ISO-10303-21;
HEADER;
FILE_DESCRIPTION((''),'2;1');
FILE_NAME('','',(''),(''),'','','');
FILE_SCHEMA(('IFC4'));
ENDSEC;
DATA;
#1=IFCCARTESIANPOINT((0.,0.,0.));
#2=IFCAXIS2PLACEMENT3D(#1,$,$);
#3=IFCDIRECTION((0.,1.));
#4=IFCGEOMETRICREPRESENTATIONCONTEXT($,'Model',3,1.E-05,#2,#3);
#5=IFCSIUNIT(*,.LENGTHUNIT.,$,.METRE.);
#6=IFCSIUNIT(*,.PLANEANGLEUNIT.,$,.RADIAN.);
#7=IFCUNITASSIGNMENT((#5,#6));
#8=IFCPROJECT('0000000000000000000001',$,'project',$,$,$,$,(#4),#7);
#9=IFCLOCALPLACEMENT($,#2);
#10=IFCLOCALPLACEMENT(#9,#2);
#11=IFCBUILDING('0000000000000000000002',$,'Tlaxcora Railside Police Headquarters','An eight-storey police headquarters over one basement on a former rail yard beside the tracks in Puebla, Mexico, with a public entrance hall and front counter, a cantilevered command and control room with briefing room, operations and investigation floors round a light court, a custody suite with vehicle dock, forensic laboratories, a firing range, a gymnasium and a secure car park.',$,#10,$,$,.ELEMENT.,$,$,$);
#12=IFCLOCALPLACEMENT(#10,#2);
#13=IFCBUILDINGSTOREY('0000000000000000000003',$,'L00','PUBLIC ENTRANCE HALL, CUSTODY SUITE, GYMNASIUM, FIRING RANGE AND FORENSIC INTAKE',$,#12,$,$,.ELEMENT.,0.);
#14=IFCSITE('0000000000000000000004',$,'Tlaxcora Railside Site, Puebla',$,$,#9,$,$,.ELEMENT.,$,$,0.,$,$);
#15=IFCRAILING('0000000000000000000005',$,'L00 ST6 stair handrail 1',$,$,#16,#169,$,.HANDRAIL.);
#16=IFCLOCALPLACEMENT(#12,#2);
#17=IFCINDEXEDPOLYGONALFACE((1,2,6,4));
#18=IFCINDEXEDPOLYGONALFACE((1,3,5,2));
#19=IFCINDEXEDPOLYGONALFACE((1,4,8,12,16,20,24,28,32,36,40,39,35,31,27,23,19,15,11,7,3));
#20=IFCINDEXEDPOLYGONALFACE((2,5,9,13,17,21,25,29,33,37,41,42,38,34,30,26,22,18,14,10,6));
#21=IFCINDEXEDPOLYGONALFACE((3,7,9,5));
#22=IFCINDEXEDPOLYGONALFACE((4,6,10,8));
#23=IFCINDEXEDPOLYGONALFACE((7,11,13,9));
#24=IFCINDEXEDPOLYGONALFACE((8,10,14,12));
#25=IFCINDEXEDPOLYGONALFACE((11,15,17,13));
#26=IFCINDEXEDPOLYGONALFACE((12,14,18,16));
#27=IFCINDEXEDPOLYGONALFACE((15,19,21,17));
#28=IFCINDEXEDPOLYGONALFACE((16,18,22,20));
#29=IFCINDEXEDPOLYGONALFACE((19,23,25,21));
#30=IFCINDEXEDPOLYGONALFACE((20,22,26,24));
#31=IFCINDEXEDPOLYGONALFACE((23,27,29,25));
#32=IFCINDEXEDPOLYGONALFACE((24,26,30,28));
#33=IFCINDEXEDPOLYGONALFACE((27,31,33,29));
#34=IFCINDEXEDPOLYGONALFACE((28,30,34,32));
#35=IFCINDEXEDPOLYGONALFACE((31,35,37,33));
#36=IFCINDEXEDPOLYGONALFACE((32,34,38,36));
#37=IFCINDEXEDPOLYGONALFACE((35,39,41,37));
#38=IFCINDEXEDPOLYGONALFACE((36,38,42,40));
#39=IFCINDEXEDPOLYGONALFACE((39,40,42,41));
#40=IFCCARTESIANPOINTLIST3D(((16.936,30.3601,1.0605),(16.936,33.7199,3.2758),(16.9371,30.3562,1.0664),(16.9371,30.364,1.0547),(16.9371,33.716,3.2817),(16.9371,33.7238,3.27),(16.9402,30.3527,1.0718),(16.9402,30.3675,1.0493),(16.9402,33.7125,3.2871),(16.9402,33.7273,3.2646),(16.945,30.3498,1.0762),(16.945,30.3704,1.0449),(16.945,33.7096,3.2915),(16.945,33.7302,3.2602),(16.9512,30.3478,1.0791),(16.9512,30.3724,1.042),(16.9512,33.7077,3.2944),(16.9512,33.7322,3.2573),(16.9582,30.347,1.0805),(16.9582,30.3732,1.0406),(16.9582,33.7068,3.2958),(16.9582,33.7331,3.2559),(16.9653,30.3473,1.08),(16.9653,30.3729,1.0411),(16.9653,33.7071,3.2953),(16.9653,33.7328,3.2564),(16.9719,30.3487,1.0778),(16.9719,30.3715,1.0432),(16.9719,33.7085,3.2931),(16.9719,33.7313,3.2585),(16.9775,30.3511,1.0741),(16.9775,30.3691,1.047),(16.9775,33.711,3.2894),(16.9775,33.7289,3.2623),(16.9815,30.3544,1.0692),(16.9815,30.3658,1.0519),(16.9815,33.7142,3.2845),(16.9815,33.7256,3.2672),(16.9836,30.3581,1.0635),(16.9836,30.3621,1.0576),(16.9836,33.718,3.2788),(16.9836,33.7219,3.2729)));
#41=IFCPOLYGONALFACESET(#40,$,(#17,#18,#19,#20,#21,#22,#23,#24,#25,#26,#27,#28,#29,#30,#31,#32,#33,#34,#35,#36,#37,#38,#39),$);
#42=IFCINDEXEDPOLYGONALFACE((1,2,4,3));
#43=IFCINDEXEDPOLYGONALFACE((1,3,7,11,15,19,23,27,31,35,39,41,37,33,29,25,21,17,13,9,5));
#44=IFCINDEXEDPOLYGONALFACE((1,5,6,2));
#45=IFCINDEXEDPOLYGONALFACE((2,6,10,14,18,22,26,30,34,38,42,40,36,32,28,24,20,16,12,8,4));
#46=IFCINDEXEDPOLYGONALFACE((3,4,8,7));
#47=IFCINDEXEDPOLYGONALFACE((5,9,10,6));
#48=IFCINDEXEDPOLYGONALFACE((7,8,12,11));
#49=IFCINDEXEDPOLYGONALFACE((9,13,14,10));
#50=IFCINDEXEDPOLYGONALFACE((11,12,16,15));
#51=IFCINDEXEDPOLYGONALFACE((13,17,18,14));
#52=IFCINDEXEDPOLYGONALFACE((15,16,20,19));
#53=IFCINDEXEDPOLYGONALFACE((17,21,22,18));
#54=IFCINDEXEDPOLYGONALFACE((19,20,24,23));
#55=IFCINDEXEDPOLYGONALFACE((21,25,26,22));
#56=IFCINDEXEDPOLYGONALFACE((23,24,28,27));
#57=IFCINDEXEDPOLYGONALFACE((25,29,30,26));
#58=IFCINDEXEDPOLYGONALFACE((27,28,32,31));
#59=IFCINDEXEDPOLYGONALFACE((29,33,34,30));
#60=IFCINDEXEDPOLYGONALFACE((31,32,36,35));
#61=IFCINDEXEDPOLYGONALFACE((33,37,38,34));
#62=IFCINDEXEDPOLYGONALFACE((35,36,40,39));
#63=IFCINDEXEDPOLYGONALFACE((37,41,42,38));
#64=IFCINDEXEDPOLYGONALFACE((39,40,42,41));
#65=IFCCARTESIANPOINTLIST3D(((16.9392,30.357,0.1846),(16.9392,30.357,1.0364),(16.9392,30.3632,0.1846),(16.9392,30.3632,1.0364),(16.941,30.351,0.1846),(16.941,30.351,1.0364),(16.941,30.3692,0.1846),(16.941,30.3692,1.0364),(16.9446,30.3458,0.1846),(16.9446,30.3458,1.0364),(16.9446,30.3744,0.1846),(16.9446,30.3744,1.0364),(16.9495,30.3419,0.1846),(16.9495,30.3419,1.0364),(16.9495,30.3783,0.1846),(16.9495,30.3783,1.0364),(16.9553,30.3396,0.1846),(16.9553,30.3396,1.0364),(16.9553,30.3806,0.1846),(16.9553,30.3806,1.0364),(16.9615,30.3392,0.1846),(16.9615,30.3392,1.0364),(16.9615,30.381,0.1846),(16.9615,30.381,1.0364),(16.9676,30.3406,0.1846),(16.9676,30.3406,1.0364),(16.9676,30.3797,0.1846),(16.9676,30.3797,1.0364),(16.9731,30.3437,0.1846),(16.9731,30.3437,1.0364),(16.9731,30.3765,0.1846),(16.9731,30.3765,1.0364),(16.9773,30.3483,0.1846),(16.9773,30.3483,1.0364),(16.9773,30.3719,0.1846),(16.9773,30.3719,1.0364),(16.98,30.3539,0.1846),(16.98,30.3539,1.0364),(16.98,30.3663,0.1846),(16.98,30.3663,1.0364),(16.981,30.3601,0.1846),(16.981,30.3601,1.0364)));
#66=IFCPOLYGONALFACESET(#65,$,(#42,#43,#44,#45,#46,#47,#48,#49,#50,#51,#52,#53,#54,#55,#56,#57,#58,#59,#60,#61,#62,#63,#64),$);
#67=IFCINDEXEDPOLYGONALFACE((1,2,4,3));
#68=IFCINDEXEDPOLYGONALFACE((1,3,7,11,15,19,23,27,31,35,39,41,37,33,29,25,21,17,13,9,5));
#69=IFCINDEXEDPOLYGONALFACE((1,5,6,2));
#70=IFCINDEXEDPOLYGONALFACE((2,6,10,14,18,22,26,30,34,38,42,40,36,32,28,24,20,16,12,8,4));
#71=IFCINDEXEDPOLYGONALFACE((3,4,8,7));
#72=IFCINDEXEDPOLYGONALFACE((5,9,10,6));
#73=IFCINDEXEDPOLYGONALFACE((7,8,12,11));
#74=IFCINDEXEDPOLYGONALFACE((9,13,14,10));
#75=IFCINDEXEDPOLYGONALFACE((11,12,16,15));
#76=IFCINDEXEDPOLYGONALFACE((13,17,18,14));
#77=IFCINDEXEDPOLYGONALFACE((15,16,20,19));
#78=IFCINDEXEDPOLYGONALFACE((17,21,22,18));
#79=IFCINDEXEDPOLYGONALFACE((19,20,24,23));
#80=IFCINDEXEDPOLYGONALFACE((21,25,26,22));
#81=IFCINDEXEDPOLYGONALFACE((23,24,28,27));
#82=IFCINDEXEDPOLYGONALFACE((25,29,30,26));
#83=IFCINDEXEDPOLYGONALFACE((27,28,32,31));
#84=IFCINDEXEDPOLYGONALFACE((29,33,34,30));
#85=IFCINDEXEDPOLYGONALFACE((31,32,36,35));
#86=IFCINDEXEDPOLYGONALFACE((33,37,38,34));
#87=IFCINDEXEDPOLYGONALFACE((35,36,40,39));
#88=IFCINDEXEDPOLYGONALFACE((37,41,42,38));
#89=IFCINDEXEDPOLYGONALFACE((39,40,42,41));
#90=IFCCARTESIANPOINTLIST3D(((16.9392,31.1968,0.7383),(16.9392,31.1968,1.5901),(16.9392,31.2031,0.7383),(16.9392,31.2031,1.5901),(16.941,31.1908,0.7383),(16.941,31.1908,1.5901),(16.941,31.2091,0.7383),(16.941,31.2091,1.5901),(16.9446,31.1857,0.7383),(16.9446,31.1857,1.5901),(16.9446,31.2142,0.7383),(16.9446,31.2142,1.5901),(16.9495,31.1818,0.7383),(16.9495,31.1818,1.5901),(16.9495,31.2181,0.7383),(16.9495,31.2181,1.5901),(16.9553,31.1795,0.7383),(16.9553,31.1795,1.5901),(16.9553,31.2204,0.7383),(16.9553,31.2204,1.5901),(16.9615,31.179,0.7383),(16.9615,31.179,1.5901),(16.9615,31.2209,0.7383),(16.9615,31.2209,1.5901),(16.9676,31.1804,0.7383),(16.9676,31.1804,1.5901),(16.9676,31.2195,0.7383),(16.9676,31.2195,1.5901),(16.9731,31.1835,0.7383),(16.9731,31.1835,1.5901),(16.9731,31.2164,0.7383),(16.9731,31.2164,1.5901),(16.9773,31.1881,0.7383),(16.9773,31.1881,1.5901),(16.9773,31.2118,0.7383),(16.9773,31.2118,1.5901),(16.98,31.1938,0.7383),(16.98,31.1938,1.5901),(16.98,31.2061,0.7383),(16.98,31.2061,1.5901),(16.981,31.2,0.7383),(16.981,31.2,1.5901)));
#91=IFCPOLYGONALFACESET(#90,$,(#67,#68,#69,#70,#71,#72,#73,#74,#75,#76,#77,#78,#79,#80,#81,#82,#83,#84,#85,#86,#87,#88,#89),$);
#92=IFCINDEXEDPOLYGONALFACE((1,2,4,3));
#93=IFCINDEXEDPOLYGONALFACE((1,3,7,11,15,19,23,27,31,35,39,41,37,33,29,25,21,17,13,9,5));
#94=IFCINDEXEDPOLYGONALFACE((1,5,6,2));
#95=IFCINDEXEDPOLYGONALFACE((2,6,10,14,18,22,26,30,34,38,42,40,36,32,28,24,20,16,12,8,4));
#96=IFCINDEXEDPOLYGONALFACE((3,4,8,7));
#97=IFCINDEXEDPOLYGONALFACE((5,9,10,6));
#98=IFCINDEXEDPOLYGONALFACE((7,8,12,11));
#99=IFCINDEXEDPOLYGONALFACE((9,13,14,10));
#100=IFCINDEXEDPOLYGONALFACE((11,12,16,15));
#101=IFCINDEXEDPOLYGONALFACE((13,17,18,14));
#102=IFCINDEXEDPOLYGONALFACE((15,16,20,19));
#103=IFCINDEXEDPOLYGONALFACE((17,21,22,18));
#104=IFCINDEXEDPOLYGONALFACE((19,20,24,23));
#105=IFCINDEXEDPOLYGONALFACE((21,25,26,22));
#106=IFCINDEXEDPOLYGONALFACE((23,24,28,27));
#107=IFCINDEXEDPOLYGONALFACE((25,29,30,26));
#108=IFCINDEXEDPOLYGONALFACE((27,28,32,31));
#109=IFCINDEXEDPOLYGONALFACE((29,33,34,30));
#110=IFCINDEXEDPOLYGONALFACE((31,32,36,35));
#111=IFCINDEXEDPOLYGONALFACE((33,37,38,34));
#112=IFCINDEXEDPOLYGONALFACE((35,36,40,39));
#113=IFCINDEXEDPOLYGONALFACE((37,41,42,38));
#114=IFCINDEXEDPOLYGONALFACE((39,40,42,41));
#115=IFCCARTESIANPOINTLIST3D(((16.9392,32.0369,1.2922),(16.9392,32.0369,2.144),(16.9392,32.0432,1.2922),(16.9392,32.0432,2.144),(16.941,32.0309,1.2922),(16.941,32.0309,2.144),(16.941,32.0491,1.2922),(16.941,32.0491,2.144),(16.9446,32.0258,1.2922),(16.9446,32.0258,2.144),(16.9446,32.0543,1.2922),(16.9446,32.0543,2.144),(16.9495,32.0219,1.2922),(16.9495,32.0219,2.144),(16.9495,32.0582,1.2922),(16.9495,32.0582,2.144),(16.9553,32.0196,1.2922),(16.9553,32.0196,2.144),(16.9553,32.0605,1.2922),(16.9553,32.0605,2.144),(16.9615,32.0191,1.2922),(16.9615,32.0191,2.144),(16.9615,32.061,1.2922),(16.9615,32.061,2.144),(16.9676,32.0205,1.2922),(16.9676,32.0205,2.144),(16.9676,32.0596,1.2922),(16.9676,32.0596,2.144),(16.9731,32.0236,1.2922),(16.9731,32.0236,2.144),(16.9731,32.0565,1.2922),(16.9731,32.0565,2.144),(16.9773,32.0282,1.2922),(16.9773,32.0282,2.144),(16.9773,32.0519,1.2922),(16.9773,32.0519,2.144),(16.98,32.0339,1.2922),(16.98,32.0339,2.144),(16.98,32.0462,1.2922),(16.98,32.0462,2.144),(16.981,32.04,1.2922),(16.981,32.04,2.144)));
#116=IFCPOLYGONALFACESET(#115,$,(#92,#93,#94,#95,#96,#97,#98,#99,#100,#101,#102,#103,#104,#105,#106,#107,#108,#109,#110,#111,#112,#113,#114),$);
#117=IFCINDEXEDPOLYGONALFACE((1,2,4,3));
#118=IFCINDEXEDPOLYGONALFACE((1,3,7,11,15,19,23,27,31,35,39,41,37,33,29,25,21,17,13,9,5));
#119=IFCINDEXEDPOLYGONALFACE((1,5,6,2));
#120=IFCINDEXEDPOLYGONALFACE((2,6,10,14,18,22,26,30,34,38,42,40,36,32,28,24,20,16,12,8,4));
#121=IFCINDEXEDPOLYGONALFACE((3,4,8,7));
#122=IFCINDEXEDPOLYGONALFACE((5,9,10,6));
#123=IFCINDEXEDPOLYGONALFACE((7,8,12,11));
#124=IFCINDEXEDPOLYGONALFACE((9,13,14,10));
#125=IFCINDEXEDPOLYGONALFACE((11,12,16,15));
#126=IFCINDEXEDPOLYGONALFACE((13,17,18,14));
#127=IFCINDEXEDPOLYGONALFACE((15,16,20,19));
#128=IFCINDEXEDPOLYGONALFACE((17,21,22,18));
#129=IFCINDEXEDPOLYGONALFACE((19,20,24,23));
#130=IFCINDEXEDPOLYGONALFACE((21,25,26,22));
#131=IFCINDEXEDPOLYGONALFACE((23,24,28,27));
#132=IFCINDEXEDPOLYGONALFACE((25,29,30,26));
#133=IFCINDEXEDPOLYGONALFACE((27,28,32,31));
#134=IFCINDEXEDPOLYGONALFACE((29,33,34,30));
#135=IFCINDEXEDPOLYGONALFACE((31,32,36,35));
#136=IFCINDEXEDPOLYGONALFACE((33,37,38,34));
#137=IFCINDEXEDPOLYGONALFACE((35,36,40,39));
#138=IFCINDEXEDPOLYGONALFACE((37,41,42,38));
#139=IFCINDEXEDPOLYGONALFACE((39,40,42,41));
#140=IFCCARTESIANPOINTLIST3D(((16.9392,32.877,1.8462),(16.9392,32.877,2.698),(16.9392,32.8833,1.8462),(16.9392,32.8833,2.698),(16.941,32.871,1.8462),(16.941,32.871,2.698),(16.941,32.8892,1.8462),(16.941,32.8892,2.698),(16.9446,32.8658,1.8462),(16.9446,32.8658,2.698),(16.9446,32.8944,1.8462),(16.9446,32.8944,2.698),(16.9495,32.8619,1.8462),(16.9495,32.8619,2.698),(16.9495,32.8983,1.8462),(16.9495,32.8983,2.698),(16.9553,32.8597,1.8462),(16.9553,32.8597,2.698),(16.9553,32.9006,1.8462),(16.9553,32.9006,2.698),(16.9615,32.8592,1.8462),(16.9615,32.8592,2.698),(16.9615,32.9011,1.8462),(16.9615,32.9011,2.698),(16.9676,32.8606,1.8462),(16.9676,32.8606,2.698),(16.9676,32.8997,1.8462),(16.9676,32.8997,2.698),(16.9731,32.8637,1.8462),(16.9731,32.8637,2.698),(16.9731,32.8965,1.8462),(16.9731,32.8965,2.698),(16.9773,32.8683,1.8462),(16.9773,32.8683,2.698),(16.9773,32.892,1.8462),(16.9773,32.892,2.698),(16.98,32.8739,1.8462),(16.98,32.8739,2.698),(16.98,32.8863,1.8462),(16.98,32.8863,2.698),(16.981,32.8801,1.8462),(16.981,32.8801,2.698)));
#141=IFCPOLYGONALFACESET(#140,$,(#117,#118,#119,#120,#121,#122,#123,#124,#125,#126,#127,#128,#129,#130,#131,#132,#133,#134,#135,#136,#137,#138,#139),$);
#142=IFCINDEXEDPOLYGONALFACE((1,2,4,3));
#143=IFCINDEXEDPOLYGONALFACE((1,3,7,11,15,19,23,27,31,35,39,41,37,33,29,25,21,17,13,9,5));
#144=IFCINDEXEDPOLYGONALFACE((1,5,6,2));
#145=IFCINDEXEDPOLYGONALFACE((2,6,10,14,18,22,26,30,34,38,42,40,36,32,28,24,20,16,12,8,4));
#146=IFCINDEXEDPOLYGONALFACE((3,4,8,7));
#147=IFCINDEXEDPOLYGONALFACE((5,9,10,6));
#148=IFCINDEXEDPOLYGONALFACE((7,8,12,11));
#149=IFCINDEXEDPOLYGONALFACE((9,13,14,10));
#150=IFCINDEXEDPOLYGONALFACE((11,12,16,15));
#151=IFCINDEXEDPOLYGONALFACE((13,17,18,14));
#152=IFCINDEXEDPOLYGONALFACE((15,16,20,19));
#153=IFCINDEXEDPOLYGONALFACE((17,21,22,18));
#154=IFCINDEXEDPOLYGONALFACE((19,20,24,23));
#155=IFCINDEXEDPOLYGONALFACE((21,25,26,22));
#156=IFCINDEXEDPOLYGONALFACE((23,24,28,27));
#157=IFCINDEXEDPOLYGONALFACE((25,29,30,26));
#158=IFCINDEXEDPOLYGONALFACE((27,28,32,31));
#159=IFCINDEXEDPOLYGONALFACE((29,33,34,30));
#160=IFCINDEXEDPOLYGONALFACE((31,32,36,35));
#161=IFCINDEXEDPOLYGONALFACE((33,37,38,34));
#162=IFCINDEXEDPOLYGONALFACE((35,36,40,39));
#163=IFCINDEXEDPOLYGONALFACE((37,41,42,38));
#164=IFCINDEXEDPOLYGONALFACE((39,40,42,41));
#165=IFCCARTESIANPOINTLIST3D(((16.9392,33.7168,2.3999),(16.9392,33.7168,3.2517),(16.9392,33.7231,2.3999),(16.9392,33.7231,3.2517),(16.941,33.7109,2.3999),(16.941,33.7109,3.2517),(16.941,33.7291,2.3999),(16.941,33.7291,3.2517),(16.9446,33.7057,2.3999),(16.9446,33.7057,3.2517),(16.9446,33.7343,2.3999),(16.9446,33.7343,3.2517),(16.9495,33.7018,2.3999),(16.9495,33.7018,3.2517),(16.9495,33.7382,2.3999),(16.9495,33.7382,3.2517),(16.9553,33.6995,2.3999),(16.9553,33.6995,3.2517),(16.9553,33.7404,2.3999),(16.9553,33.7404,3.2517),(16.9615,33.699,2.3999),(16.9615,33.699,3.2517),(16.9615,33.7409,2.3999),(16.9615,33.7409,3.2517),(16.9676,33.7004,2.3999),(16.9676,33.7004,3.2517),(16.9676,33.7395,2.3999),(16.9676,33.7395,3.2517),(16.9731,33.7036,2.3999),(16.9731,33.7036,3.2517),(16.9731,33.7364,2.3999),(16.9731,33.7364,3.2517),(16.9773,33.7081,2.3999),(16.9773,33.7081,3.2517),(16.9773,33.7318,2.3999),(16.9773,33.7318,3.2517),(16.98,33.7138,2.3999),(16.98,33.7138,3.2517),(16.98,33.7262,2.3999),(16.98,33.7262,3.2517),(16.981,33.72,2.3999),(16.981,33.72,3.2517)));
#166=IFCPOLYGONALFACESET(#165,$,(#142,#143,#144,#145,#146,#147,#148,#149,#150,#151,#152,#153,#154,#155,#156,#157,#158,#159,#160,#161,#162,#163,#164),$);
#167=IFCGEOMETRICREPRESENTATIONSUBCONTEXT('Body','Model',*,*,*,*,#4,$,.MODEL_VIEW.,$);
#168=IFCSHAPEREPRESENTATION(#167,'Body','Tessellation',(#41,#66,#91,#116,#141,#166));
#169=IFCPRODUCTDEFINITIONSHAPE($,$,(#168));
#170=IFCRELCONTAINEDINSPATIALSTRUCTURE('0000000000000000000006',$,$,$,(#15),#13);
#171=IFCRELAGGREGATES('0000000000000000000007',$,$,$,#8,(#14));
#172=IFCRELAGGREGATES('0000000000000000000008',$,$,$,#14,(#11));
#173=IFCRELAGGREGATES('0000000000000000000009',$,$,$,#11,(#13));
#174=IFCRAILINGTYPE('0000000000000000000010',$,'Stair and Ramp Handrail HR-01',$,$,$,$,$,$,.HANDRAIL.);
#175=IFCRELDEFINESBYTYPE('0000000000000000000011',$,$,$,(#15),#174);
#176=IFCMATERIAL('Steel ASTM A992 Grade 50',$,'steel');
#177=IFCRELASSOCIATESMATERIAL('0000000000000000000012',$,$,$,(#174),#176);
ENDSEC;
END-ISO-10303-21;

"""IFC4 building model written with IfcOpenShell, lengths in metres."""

from ifc_helpers import new_model, si_unit, direction, frame, origin, origin_2d, place, context, subcontext, project, spatial, circle, extrude, material, type_object, element, save


model = new_model("IFC4")

# Units and contexts
model_context = context("Model", 3, precision=1e-05, world=origin(), true_north=direction((0.0, 1.0)))
body_context = subcontext(model_context, "Body", "Model", "MODEL_VIEW")
ifc_project = project(units=[si_unit("LENGTHUNIT", "METRE"), si_unit("PLANEANGLEUNIT", "RADIAN")], contexts=[model_context])

# Site, building, storey
site_placement = place(None, origin())
site = spatial("IfcSite", under=ifc_project, at=site_placement, Name="Tlaxcora Railside Site, Puebla", CompositionType="ELEMENT", RefElevation=0.0)
building_placement = place(site_placement, origin())
building = spatial("IfcBuilding", under=site, at=building_placement, Name="Tlaxcora Railside Police Headquarters", Description="An eight-storey police headquarters over one basement on a former rail yard beside the tracks in Puebla, Mexico, with a public entrance hall and front counter, a cantilevered command and control room with briefing room, operations and investigation floors round a light court, a custody suite with vehicle dock, forensic laboratories, a firing range, a gymnasium and a secure car park.", CompositionType="ELEMENT")
storey_placement = place(building_placement, origin())
storey = spatial("IfcBuildingStorey", under=building, at=storey_placement, Name="L00", Description="PUBLIC ENTRANCE HALL, CUSTODY SUITE, GYMNASIUM, FIRING RANGE AND FORENSIC INTAKE", CompositionType="ELEMENT", Elevation=0.0)

# Shared definitions
ifc_material_1 = material(Name="Steel ASTM A992 Grade 50", Category="steel")

# Railing
railing_type_1 = type_object("IfcRailingType", Name="Stair and Ramp Handrail HR-01", PredefinedType="HANDRAIL", material=ifc_material_1)
railing_1_placement = place(storey_placement, frame((16.96, 30.3601, 0.1846)))
element("IfcRailing", 1, at=railing_1_placement, inside=storey, type_object=railing_type_1, Name="L00 ST6 stair handrail 1", PredefinedType="HANDRAIL", context=body_context, shape_type="SweptSolid", body=[
    extrude(circle(Radius=0.0239, at=origin_2d()), frame((0.0, 0.0, 0.876), z_axis=(0.0, 0.834858, 0.550465), x_axis=(-1.0, 0.0, 0.0)), (0.0, 0.0, 1.0), 4.0244),
    extrude(circle(Radius=0.021, at=origin_2d()), origin(), (0.0, 0.0, 1.0), 0.8518),
    extrude(circle(Radius=0.021, at=origin_2d()), frame((0.0, 0.8398, 0.5537)), (0.0, 0.0, 1.0), 0.8518),
    extrude(circle(Radius=0.021, at=origin_2d()), frame((0.0, 1.6799, 1.1077)), (0.0, 0.0, 1.0), 0.8518),
    extrude(circle(Radius=0.021, at=origin_2d()), frame((0.0, 2.52, 1.6616)), (0.0, 0.0, 1.0), 0.8518),
    extrude(circle(Radius=0.021, at=origin_2d()), frame((0.0, 3.3599, 2.2153)), (0.0, 0.0, 1.0), 0.8518),
])

save(model, "model.ifc")
